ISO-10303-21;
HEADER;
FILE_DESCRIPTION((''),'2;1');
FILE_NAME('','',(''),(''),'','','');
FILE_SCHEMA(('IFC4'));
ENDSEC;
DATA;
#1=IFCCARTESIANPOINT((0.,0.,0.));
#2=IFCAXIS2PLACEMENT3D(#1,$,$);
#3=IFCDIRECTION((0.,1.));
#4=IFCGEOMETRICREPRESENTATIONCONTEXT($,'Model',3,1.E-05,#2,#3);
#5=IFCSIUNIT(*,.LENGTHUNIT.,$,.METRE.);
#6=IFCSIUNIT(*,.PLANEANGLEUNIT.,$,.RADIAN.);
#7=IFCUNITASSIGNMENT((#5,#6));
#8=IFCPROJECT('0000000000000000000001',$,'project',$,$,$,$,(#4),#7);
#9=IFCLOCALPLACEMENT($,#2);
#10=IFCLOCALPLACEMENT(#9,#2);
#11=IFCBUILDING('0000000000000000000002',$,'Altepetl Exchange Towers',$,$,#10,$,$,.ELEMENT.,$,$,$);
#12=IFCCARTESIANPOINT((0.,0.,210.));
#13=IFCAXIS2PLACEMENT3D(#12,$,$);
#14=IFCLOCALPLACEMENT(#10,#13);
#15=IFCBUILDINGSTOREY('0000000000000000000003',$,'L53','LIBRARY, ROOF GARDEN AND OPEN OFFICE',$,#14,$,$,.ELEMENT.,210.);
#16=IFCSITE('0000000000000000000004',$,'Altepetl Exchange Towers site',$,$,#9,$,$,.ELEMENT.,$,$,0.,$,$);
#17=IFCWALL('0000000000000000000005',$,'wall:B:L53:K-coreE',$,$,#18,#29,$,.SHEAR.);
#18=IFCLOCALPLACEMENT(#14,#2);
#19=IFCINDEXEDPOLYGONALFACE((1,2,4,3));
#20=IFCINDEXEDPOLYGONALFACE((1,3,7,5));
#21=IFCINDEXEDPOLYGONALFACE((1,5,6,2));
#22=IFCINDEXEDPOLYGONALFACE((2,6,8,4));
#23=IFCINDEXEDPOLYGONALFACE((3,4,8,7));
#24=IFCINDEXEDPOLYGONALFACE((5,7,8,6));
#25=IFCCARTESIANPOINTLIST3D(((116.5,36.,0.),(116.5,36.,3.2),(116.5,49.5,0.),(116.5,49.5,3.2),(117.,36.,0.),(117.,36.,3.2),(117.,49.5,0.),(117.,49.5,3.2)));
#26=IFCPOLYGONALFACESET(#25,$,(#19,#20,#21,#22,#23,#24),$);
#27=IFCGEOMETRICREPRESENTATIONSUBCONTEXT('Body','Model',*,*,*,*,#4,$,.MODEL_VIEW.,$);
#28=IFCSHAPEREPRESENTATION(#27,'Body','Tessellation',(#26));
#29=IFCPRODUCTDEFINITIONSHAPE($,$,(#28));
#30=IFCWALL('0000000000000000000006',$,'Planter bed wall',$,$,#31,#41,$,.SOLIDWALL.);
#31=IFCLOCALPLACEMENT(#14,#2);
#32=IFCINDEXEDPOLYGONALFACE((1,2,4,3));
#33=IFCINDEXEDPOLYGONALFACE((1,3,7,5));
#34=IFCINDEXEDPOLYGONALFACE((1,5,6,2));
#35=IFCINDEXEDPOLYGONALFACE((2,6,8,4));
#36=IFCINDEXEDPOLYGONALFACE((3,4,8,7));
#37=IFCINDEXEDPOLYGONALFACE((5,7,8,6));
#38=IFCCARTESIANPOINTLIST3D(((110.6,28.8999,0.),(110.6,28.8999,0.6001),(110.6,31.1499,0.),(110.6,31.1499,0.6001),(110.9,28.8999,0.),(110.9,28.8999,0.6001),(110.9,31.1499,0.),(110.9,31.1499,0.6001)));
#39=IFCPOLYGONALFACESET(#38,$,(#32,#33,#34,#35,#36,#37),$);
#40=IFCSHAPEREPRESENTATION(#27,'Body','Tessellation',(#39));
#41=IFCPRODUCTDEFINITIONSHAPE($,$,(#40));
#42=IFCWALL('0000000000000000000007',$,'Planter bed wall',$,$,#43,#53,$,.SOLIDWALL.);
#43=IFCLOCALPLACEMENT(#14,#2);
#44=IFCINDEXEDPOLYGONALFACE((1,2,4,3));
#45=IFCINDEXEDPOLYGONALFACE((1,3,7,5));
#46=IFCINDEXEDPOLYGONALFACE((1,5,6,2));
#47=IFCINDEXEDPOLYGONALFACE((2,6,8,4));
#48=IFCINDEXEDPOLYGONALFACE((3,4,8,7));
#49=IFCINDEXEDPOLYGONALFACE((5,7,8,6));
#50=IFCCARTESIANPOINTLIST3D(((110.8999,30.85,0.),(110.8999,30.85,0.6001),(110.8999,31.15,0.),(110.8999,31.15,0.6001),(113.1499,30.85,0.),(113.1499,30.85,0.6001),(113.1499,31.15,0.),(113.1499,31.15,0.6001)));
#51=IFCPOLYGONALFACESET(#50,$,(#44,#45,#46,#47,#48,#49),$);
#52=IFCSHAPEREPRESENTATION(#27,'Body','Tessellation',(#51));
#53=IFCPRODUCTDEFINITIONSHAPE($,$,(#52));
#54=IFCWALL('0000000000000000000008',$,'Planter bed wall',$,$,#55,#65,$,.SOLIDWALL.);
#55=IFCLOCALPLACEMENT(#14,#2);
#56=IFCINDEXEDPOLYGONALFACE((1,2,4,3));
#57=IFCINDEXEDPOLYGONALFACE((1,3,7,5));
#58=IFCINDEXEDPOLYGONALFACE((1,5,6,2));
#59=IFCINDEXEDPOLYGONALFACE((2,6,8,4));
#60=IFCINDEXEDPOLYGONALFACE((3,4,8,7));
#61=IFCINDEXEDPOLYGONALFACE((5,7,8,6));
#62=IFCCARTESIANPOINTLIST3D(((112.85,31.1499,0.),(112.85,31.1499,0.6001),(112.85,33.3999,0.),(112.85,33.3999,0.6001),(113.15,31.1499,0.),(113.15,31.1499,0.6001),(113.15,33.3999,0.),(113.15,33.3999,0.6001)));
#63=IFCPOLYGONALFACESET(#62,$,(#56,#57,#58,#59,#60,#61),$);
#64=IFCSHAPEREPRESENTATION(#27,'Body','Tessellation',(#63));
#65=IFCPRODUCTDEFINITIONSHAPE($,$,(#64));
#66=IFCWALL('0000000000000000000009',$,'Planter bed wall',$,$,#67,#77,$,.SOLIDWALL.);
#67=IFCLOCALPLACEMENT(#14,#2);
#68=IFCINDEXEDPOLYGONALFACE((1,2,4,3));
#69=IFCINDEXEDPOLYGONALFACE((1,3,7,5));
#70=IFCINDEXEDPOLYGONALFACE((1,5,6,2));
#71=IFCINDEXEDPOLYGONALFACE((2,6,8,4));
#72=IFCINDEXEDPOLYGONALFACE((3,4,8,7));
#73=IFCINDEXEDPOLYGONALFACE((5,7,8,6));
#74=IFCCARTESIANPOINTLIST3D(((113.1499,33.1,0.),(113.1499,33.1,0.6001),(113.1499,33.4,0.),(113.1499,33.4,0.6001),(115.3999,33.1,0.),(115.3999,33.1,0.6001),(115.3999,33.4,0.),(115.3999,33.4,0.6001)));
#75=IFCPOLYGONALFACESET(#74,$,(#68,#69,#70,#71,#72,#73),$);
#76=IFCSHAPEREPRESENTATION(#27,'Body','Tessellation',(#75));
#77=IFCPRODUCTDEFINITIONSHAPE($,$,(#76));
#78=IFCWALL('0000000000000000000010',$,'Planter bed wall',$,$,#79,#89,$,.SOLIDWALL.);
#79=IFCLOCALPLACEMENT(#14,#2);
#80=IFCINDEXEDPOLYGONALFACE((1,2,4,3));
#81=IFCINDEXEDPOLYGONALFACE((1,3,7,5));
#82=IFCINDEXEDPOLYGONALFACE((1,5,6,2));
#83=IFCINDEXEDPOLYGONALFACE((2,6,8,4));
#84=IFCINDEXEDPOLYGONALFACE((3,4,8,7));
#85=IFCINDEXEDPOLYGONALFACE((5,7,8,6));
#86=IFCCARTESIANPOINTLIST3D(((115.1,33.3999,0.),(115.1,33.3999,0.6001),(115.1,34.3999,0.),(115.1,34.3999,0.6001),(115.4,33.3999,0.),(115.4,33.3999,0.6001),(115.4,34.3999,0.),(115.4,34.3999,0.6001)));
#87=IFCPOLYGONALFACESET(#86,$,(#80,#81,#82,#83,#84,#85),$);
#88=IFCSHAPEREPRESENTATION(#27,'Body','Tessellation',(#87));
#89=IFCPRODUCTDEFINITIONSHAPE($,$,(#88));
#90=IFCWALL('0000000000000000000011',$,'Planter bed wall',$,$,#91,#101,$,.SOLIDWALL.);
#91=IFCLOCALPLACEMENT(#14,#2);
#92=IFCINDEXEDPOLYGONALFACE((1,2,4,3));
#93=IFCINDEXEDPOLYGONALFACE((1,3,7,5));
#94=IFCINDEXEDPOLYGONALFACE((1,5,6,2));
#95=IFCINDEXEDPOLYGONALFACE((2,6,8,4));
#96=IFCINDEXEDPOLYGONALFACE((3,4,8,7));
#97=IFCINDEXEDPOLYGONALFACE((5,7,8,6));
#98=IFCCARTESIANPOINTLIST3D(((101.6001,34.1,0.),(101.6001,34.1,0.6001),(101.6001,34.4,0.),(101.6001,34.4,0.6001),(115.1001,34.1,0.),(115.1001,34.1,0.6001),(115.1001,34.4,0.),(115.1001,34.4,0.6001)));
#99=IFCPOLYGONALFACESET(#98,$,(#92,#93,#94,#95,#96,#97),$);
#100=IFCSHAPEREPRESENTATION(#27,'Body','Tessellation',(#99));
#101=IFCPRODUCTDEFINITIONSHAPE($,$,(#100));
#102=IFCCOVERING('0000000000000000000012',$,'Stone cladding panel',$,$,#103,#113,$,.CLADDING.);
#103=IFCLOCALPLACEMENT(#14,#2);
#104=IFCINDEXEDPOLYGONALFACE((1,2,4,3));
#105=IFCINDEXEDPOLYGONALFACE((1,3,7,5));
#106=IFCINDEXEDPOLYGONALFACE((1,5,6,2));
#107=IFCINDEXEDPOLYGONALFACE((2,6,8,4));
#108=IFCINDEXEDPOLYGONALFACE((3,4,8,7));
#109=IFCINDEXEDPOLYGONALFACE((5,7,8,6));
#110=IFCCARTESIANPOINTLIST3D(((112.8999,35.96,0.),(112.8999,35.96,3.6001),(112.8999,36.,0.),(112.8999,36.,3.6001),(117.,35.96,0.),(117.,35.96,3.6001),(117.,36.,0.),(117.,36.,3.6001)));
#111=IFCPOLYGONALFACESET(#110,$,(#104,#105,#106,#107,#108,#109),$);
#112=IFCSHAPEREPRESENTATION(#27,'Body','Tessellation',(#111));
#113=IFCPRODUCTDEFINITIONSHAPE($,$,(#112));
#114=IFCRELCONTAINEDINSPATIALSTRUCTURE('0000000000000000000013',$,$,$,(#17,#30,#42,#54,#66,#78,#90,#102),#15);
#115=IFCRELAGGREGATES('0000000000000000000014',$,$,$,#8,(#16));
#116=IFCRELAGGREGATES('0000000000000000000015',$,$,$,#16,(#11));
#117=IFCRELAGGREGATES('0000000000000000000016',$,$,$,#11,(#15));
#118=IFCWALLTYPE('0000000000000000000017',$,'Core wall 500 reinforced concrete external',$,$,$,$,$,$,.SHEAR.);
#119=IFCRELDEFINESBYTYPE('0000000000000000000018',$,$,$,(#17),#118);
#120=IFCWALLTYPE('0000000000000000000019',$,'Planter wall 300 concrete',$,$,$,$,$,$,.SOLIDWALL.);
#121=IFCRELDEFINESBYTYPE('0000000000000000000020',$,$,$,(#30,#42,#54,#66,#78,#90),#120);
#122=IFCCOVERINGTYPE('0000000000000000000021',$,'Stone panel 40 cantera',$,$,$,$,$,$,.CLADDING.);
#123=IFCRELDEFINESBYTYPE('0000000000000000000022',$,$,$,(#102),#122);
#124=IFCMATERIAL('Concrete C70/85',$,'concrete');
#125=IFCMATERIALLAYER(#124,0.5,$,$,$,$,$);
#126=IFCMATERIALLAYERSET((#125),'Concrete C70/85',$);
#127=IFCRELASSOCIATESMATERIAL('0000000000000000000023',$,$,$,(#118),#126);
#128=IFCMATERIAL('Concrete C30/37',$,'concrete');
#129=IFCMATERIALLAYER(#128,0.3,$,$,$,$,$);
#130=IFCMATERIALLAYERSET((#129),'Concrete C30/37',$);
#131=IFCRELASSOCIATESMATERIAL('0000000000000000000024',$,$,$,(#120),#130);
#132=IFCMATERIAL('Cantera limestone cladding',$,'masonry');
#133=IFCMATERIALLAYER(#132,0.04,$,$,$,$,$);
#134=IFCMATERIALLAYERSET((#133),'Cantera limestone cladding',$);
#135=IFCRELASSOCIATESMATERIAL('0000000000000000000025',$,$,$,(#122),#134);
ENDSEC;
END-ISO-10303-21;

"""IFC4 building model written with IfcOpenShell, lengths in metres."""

from ifc_helpers import new_model, si_unit, direction, frame, frame_2d, origin, origin_2d, place, context, subcontext, project, spatial, rectangle, extrude, material, layer, layer_set, type_object, element, save


model = new_model("IFC4")

# Units and contexts
model_context = context("Model", 3, precision=1e-05, world=origin(), true_north=direction((0.0, 1.0)))
body_context = subcontext(model_context, "Body", "Model", "MODEL_VIEW")
ifc_project = project(units=[si_unit("LENGTHUNIT", "METRE"), si_unit("PLANEANGLEUNIT", "RADIAN")], contexts=[model_context])

# Site, building, storey
site_placement = place(None, origin())
site = spatial("IfcSite", under=ifc_project, at=site_placement, Name="Altepetl Exchange Towers site", CompositionType="ELEMENT", RefElevation=0.0)
building_placement = place(site_placement, origin())
building = spatial("IfcBuilding", under=site, at=building_placement, Name="Altepetl Exchange Towers", CompositionType="ELEMENT")
storey_placement = place(building_placement, frame((0.0, 0.0, 210.0)))
storey = spatial("IfcBuildingStorey", under=building, at=storey_placement, Name="L53", Description="LIBRARY, ROOF GARDEN AND OPEN OFFICE", CompositionType="ELEMENT", Elevation=210.0)

# Walls
ifc_material_1 = material(Name="Concrete C70/85", Category="concrete")
ifc_layer_1 = layer(ifc_material_1, 0.5)
ifc_layer_set_1 = layer_set([ifc_layer_1], Name="Concrete C70/85")
wall_type_1 = type_object("IfcWallType", Name="Core wall 500 reinforced concrete external", PredefinedType="SHEAR", material=ifc_layer_set_1)
wall_1_placement = place(storey_placement, frame((116.75, 36.0, 0.0), z_axis=(0.0, 0.0, 1.0), x_axis=(0.0, 1.0, 0.0)))
element("IfcWall", 1, at=wall_1_placement, inside=storey, type_object=wall_type_1, Name="wall:B:L53:K-coreE", PredefinedType="SHEAR", context=body_context, shape_type="SweptSolid", body=[
    extrude(rectangle(XDim=13.5, YDim=0.5, at=frame_2d((6.75, 0.0))), origin(), (0.0, 0.0, 1.0), 3.2),
])
ifc_material_2 = material(Name="Concrete C30/37", Category="concrete")
ifc_layer_2 = layer(ifc_material_2, 0.3)
ifc_layer_set_2 = layer_set([ifc_layer_2], Name="Concrete C30/37")
wall_type_2 = type_object("IfcWallType", Name="Planter wall 300 concrete", PredefinedType="SOLIDWALL", material=ifc_layer_set_2)
wall_2_placement = place(storey_placement, frame((110.75, 28.8999, 0.0), z_axis=(0.0, 0.0, 1.0), x_axis=(0.0, 1.0, 0.0)))
element("IfcWall", 2, at=wall_2_placement, inside=storey, type_object=wall_type_2, Name="Planter bed wall", PredefinedType="SOLIDWALL", context=body_context, shape_type="SweptSolid", body=[
    extrude(rectangle(XDim=2.25, YDim=0.3, at=frame_2d((1.125, 0.0))), origin(), (0.0, 0.0, 1.0), 0.6001),
])
wall_3_placement = place(storey_placement, frame((110.8999, 31.0, 0.0)))
element("IfcWall", 3, at=wall_3_placement, inside=storey, type_object=wall_type_2, Name="Planter bed wall", PredefinedType="SOLIDWALL", context=body_context, shape_type="SweptSolid", body=[
    extrude(rectangle(XDim=2.25, YDim=0.3, at=frame_2d((1.125, 0.0))), origin(), (0.0, 0.0, 1.0), 0.6001),
])
wall_4_placement = place(storey_placement, frame((113.0, 31.1499, 0.0), z_axis=(0.0, 0.0, 1.0), x_axis=(0.0, 1.0, 0.0)))
element("IfcWall", 4, at=wall_4_placement, inside=storey, type_object=wall_type_2, Name="Planter bed wall", PredefinedType="SOLIDWALL", context=body_context, shape_type="SweptSolid", body=[
    extrude(rectangle(XDim=2.25, YDim=0.3, at=frame_2d((1.125, 0.0))), origin(), (0.0, 0.0, 1.0), 0.6001),
])
wall_5_placement = place(storey_placement, frame((113.1499, 33.25, 0.0)))
element("IfcWall", 5, at=wall_5_placement, inside=storey, type_object=wall_type_2, Name="Planter bed wall", PredefinedType="SOLIDWALL", context=body_context, shape_type="SweptSolid", body=[
    extrude(rectangle(XDim=2.25, YDim=0.3, at=frame_2d((1.125, 0.0))), origin(), (0.0, 0.0, 1.0), 0.6001),
])
wall_6_placement = place(storey_placement, frame((115.25, 33.3999, 0.0), z_axis=(0.0, 0.0, 1.0), x_axis=(0.0, 1.0, 0.0)))
element("IfcWall", 6, at=wall_6_placement, inside=storey, type_object=wall_type_2, Name="Planter bed wall", PredefinedType="SOLIDWALL", context=body_context, shape_type="SweptSolid", body=[
    extrude(rectangle(XDim=1.0, YDim=0.3, at=frame_2d((0.5, 0.0))), origin(), (0.0, 0.0, 1.0), 0.6001),
])
wall_7_placement = place(storey_placement, frame((115.1001, 34.25, 0.0), z_axis=(0.0, 0.0, 1.0), x_axis=(-1.0, 0.0, 0.0)))
element("IfcWall", 7, at=wall_7_placement, inside=storey, type_object=wall_type_2, Name="Planter bed wall", PredefinedType="SOLIDWALL", context=body_context, shape_type="SweptSolid", body=[
    extrude(rectangle(XDim=13.5, YDim=0.3, at=frame_2d((6.75, 0.0))), origin(), (0.0, 0.0, 1.0), 0.6001),
])

# Covering
ifc_material_3 = material(Name="Cantera limestone cladding", Category="masonry")
ifc_layer_3 = layer(ifc_material_3, 0.04)
ifc_layer_set_3 = layer_set([ifc_layer_3], Name="Cantera limestone cladding")
covering_type = type_object("IfcCoveringType", Name="Stone panel 40 cantera", PredefinedType="CLADDING", material=ifc_layer_set_3)
covering_placement = place(storey_placement, frame((114.95, 35.98, 0.0)))
element("IfcCovering", 8, at=covering_placement, inside=storey, type_object=covering_type, Name="Stone cladding panel", PredefinedType="CLADDING", context=body_context, shape_type="SweptSolid", body=[
    extrude(rectangle(XDim=4.1001, YDim=0.04, at=origin_2d()), origin(), (0.0, 0.0, 1.0), 3.6001),
])

save(model, "model.ifc")
